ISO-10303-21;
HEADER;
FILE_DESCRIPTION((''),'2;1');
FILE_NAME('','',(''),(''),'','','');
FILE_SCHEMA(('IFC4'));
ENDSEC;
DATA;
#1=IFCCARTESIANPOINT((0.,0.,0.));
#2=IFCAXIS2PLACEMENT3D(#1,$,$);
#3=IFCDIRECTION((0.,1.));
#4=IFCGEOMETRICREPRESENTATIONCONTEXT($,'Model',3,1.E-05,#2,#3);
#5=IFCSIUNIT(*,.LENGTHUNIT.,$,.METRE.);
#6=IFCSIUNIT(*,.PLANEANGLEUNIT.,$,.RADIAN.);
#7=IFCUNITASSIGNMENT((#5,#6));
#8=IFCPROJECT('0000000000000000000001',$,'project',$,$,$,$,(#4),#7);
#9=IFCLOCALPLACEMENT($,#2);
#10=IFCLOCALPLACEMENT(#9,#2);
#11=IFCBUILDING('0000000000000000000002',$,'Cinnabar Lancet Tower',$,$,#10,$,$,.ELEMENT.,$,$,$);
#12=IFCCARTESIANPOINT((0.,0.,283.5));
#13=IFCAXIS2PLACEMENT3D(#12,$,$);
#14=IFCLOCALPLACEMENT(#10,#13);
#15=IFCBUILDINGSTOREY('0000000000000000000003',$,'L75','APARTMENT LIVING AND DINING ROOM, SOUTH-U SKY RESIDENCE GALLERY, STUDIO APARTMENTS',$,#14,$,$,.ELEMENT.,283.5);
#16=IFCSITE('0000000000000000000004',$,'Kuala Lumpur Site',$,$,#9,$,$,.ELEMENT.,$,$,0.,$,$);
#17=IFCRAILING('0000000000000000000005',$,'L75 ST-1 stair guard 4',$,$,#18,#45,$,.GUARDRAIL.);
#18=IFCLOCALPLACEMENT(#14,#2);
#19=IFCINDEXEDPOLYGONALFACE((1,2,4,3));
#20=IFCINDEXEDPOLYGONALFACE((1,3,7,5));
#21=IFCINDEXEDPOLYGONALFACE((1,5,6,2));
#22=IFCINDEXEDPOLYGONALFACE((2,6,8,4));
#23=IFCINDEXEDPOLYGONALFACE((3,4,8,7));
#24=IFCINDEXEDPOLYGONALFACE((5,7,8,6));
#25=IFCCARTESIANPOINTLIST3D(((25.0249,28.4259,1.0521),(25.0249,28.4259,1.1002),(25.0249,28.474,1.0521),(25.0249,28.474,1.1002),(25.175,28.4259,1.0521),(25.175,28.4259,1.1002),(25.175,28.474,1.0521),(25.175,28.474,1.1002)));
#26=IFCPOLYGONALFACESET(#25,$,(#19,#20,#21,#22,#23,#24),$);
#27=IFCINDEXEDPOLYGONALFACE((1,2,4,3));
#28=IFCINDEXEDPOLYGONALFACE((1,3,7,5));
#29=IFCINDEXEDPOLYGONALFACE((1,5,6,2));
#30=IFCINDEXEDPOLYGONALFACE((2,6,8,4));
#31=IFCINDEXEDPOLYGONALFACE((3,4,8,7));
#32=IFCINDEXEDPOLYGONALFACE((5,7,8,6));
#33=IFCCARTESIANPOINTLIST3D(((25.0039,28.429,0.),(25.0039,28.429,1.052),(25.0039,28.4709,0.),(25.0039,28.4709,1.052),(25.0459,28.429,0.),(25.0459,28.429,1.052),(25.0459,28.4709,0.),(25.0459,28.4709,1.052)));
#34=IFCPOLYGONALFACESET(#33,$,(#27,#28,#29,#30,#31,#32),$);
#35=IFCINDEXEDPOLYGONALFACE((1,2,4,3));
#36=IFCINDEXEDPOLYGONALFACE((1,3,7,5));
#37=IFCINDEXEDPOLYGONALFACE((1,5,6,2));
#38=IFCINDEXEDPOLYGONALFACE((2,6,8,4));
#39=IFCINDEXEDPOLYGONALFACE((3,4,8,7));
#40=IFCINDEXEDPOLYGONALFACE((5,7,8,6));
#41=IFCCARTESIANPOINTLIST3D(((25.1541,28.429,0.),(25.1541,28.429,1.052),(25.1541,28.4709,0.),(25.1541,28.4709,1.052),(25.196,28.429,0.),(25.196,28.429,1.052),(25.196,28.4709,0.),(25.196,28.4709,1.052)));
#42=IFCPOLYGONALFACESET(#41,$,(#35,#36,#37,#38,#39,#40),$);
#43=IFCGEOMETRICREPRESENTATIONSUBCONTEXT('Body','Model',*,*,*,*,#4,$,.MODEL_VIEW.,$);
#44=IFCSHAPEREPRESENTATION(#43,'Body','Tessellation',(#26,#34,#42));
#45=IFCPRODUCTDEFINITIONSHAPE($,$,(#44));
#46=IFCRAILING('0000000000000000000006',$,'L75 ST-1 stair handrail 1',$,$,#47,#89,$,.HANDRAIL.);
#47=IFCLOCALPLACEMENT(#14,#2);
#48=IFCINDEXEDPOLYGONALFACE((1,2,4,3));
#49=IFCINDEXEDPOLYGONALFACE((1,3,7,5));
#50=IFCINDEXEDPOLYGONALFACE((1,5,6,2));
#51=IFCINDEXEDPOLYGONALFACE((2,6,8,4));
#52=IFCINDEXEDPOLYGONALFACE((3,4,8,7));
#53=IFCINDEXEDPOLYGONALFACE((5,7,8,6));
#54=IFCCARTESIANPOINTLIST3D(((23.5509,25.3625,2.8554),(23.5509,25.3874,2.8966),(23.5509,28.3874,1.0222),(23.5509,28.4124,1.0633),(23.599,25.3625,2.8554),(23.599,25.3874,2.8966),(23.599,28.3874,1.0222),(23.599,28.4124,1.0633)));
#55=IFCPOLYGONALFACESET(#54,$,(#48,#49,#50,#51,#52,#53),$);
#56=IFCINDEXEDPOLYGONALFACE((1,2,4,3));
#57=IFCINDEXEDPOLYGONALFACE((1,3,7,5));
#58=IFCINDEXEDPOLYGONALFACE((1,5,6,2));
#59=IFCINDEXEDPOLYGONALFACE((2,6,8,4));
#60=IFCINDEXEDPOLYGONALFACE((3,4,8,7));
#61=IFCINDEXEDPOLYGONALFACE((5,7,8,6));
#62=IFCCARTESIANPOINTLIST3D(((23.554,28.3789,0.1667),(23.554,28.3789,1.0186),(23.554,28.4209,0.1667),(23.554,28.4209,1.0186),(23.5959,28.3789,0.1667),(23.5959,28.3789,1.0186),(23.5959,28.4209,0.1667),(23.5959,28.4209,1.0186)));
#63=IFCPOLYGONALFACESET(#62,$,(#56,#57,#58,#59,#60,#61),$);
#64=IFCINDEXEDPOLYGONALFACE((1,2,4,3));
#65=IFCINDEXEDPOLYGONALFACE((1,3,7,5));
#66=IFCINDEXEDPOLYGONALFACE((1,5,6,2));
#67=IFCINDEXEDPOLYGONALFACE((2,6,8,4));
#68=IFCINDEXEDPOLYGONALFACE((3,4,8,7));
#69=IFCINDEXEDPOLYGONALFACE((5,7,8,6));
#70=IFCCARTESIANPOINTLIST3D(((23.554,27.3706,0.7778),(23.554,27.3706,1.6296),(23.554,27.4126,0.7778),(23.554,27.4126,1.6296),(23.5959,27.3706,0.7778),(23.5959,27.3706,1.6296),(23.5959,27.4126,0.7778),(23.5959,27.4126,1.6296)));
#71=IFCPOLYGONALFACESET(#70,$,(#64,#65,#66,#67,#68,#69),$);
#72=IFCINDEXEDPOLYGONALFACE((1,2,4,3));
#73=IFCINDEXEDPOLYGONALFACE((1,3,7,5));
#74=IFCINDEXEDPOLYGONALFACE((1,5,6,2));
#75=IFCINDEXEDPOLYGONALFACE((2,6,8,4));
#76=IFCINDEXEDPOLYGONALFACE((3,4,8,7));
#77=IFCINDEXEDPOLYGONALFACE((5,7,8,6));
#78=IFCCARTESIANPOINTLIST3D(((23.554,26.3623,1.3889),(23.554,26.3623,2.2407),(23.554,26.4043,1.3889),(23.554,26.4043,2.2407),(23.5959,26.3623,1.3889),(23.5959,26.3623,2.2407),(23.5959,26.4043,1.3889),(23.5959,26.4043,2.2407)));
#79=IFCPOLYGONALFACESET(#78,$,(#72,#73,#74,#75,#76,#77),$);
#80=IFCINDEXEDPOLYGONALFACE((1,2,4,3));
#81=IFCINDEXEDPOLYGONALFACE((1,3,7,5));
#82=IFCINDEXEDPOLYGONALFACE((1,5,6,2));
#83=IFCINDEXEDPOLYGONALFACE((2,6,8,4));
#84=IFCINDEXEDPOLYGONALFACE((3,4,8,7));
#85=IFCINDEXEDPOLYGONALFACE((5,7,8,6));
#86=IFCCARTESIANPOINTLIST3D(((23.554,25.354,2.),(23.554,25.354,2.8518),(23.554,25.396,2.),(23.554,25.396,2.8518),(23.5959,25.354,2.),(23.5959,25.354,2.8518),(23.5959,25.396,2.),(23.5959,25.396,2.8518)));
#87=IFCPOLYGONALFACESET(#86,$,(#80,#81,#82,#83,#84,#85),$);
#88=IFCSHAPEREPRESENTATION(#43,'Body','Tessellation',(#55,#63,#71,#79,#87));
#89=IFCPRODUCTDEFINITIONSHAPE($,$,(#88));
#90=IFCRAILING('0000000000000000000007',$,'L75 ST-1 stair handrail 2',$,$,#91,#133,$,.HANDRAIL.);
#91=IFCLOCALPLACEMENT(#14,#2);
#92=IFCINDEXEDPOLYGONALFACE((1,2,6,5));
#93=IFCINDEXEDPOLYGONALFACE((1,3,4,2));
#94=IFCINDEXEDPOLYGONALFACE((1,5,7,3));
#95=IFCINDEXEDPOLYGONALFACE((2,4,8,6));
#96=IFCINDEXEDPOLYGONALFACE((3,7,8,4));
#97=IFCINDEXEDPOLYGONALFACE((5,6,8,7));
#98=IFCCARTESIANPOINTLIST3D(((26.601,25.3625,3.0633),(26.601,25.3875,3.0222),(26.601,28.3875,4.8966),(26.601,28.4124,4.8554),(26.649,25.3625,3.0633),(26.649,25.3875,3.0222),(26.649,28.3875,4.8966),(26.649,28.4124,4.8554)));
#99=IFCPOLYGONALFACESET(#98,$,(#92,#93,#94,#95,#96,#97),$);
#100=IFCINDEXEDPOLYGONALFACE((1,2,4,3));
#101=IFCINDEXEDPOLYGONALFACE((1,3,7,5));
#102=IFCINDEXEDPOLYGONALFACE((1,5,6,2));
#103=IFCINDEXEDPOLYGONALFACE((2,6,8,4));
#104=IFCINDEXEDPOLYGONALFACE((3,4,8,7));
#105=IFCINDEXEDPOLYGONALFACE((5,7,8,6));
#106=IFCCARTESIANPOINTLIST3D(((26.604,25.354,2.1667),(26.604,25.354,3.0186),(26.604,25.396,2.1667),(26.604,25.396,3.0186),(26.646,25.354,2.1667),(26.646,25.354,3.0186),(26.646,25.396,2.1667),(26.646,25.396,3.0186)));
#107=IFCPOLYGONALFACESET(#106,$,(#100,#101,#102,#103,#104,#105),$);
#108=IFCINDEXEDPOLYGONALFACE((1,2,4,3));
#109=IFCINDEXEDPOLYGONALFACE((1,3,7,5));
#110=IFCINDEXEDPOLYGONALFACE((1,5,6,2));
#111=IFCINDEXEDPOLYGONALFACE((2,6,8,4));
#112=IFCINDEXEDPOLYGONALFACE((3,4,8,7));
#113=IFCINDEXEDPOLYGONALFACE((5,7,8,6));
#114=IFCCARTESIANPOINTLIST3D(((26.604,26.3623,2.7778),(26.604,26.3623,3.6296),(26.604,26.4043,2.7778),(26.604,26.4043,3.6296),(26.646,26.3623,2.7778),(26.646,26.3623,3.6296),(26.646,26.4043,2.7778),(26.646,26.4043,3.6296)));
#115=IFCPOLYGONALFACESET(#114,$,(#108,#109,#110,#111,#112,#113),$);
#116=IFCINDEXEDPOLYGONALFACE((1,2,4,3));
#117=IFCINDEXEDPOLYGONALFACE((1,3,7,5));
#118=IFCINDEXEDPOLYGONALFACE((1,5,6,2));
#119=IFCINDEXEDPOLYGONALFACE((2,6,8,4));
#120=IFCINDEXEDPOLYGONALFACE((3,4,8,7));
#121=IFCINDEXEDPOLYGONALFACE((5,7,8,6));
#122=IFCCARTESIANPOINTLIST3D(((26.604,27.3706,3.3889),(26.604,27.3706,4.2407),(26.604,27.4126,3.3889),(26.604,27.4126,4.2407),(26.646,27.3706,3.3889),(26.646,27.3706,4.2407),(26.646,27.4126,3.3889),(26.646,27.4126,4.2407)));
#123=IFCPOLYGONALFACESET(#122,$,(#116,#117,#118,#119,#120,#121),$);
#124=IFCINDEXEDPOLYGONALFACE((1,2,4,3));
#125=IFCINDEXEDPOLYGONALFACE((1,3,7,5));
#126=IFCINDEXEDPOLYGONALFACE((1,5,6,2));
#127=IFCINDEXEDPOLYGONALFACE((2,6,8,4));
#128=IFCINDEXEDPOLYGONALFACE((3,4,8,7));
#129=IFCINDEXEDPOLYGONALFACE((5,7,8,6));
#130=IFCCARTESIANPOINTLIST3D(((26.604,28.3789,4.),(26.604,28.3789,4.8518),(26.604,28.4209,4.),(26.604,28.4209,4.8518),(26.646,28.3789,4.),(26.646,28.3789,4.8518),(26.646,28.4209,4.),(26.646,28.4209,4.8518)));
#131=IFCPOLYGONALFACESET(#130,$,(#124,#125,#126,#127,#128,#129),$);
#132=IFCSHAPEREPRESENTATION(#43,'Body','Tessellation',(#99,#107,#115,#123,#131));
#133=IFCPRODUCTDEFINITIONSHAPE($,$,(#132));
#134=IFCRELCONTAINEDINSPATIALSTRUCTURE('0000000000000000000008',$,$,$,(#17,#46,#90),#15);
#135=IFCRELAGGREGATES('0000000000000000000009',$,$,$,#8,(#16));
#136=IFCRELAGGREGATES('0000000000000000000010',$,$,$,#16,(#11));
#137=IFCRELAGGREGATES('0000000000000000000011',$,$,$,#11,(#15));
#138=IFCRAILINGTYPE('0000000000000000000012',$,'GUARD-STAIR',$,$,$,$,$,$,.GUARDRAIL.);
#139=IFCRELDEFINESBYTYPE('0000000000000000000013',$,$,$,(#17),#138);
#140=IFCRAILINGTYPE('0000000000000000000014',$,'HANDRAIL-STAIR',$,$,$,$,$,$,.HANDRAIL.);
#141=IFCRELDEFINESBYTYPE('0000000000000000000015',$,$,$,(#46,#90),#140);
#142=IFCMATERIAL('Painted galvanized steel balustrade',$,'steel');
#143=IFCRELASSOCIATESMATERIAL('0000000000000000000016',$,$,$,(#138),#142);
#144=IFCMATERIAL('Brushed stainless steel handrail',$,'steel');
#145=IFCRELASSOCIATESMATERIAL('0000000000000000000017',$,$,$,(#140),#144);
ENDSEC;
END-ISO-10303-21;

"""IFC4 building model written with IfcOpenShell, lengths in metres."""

from ifc_helpers import new_model, si_unit, direction, frame, origin, origin_2d, place, context, subcontext, project, spatial, rectangle, extrude, material, type_object, element, save


model = new_model("IFC4")

# Units and contexts
model_context = context("Model", 3, precision=1e-05, world=origin(), true_north=direction((0.0, 1.0)))
body_context = subcontext(model_context, "Body", "Model", "MODEL_VIEW")
ifc_project = project(units=[si_unit("LENGTHUNIT", "METRE"), si_unit("PLANEANGLEUNIT", "RADIAN")], contexts=[model_context])

# Site, building, storey
site_placement = place(None, origin())
site = spatial("IfcSite", under=ifc_project, at=site_placement, Name="Kuala Lumpur Site", CompositionType="ELEMENT", RefElevation=0.0)
building_placement = place(site_placement, origin())
building = spatial("IfcBuilding", under=site, at=building_placement, Name="Cinnabar Lancet Tower", CompositionType="ELEMENT")
storey_placement = place(building_placement, frame((0.0, 0.0, 283.5)))
storey = spatial("IfcBuildingStorey", under=building, at=storey_placement, Name="L75", Description="APARTMENT LIVING AND DINING ROOM, SOUTH-U SKY RESIDENCE GALLERY, STUDIO APARTMENTS", CompositionType="ELEMENT", Elevation=283.5)

# Railings
ifc_material_1 = material(Name="Painted galvanized steel balustrade", Category="steel")
railing_type_1 = type_object("IfcRailingType", Name="GUARD-STAIR", PredefinedType="GUARDRAIL", material=ifc_material_1)
railing_1_placement = place(storey_placement, frame((25.0249, 28.45, 0.0)))
element("IfcRailing", 1, at=railing_1_placement, inside=storey, type_object=railing_type_1, Name="L75 ST-1 stair guard 4", PredefinedType="GUARDRAIL", context=body_context, shape_type="SweptSolid", body=[
    extrude(rectangle(XDim=0.0481, YDim=0.0481, at=origin_2d()), frame((0.0, 0.0, 1.0762), z_axis=(1.0, 0.0, 0.0), x_axis=(0.0, 1.0, 0.0)), (0.0, 0.0, 1.0), 0.1501),
    extrude(rectangle(XDim=0.042, YDim=0.042, at=origin_2d()), origin(), (0.0, 0.0, 1.0), 1.052),
    extrude(rectangle(XDim=0.042, YDim=0.042, at=origin_2d()), frame((0.1501, 0.0, 0.0)), (0.0, 0.0, 1.0), 1.052),
])
ifc_material_2 = material(Name="Brushed stainless steel handrail", Category="steel")
railing_type_2 = type_object("IfcRailingType", Name="HANDRAIL-STAIR", PredefinedType="HANDRAIL", material=ifc_material_2)
railing_2_placement = place(storey_placement, frame((23.575, 28.3999, 0.1667)))
element("IfcRailing", 2, at=railing_2_placement, inside=storey, type_object=railing_type_2, Name="L75 ST-1 stair handrail 1", PredefinedType="HANDRAIL", context=body_context, shape_type="SweptSolid", body=[
    extrude(rectangle(XDim=0.0481, YDim=0.0481, at=origin_2d()), frame((0.0, 0.0, 0.876), z_axis=(0.0, -0.855201, 0.518297), x_axis=(1.0, 0.0, 0.0)), (0.0, 0.0, 1.0), 3.5371),
    extrude(rectangle(XDim=0.042, YDim=0.042, at=origin_2d()), origin(), (0.0, 0.0, 1.0), 0.8518),
    extrude(rectangle(XDim=0.042, YDim=0.042, at=origin_2d()), frame((0.0, -1.0083, 0.6111)), (0.0, 0.0, 1.0), 0.8518),
    extrude(rectangle(XDim=0.042, YDim=0.042, at=origin_2d()), frame((0.0, -2.0166, 1.2222)), (0.0, 0.0, 1.0), 0.8518),
    extrude(rectangle(XDim=0.042, YDim=0.042, at=origin_2d()), frame((0.0, -3.0249, 1.8333)), (0.0, 0.0, 1.0), 0.8518),
])
railing_3_placement = place(storey_placement, frame((26.625, 25.375, 2.1667)))
element("IfcRailing", 3, at=railing_3_placement, inside=storey, type_object=railing_type_2, Name="L75 ST-1 stair handrail 2", PredefinedType="HANDRAIL", context=body_context, shape_type="SweptSolid", body=[
    extrude(rectangle(XDim=0.0481, YDim=0.0481, at=origin_2d()), frame((0.0, 0.0, 0.876), z_axis=(0.0, 0.855201, 0.518297), x_axis=(-1.0, 0.0, 0.0)), (0.0, 0.0, 1.0), 3.5371),
    extrude(rectangle(XDim=0.042, YDim=0.042, at=origin_2d()), origin(), (0.0, 0.0, 1.0), 0.8518),
    extrude(rectangle(XDim=0.042, YDim=0.042, at=origin_2d()), frame((0.0, 1.0083, 0.6111)), (0.0, 0.0, 1.0), 0.8518),
    extrude(rectangle(XDim=0.042, YDim=0.042, at=origin_2d()), frame((0.0, 2.0166, 1.2222)), (0.0, 0.0, 1.0), 0.8518),
    extrude(rectangle(XDim=0.042, YDim=0.042, at=origin_2d()), frame((0.0, 3.0249, 1.8333)), (0.0, 0.0, 1.0), 0.8518),
])

save(model, "model.ifc")
